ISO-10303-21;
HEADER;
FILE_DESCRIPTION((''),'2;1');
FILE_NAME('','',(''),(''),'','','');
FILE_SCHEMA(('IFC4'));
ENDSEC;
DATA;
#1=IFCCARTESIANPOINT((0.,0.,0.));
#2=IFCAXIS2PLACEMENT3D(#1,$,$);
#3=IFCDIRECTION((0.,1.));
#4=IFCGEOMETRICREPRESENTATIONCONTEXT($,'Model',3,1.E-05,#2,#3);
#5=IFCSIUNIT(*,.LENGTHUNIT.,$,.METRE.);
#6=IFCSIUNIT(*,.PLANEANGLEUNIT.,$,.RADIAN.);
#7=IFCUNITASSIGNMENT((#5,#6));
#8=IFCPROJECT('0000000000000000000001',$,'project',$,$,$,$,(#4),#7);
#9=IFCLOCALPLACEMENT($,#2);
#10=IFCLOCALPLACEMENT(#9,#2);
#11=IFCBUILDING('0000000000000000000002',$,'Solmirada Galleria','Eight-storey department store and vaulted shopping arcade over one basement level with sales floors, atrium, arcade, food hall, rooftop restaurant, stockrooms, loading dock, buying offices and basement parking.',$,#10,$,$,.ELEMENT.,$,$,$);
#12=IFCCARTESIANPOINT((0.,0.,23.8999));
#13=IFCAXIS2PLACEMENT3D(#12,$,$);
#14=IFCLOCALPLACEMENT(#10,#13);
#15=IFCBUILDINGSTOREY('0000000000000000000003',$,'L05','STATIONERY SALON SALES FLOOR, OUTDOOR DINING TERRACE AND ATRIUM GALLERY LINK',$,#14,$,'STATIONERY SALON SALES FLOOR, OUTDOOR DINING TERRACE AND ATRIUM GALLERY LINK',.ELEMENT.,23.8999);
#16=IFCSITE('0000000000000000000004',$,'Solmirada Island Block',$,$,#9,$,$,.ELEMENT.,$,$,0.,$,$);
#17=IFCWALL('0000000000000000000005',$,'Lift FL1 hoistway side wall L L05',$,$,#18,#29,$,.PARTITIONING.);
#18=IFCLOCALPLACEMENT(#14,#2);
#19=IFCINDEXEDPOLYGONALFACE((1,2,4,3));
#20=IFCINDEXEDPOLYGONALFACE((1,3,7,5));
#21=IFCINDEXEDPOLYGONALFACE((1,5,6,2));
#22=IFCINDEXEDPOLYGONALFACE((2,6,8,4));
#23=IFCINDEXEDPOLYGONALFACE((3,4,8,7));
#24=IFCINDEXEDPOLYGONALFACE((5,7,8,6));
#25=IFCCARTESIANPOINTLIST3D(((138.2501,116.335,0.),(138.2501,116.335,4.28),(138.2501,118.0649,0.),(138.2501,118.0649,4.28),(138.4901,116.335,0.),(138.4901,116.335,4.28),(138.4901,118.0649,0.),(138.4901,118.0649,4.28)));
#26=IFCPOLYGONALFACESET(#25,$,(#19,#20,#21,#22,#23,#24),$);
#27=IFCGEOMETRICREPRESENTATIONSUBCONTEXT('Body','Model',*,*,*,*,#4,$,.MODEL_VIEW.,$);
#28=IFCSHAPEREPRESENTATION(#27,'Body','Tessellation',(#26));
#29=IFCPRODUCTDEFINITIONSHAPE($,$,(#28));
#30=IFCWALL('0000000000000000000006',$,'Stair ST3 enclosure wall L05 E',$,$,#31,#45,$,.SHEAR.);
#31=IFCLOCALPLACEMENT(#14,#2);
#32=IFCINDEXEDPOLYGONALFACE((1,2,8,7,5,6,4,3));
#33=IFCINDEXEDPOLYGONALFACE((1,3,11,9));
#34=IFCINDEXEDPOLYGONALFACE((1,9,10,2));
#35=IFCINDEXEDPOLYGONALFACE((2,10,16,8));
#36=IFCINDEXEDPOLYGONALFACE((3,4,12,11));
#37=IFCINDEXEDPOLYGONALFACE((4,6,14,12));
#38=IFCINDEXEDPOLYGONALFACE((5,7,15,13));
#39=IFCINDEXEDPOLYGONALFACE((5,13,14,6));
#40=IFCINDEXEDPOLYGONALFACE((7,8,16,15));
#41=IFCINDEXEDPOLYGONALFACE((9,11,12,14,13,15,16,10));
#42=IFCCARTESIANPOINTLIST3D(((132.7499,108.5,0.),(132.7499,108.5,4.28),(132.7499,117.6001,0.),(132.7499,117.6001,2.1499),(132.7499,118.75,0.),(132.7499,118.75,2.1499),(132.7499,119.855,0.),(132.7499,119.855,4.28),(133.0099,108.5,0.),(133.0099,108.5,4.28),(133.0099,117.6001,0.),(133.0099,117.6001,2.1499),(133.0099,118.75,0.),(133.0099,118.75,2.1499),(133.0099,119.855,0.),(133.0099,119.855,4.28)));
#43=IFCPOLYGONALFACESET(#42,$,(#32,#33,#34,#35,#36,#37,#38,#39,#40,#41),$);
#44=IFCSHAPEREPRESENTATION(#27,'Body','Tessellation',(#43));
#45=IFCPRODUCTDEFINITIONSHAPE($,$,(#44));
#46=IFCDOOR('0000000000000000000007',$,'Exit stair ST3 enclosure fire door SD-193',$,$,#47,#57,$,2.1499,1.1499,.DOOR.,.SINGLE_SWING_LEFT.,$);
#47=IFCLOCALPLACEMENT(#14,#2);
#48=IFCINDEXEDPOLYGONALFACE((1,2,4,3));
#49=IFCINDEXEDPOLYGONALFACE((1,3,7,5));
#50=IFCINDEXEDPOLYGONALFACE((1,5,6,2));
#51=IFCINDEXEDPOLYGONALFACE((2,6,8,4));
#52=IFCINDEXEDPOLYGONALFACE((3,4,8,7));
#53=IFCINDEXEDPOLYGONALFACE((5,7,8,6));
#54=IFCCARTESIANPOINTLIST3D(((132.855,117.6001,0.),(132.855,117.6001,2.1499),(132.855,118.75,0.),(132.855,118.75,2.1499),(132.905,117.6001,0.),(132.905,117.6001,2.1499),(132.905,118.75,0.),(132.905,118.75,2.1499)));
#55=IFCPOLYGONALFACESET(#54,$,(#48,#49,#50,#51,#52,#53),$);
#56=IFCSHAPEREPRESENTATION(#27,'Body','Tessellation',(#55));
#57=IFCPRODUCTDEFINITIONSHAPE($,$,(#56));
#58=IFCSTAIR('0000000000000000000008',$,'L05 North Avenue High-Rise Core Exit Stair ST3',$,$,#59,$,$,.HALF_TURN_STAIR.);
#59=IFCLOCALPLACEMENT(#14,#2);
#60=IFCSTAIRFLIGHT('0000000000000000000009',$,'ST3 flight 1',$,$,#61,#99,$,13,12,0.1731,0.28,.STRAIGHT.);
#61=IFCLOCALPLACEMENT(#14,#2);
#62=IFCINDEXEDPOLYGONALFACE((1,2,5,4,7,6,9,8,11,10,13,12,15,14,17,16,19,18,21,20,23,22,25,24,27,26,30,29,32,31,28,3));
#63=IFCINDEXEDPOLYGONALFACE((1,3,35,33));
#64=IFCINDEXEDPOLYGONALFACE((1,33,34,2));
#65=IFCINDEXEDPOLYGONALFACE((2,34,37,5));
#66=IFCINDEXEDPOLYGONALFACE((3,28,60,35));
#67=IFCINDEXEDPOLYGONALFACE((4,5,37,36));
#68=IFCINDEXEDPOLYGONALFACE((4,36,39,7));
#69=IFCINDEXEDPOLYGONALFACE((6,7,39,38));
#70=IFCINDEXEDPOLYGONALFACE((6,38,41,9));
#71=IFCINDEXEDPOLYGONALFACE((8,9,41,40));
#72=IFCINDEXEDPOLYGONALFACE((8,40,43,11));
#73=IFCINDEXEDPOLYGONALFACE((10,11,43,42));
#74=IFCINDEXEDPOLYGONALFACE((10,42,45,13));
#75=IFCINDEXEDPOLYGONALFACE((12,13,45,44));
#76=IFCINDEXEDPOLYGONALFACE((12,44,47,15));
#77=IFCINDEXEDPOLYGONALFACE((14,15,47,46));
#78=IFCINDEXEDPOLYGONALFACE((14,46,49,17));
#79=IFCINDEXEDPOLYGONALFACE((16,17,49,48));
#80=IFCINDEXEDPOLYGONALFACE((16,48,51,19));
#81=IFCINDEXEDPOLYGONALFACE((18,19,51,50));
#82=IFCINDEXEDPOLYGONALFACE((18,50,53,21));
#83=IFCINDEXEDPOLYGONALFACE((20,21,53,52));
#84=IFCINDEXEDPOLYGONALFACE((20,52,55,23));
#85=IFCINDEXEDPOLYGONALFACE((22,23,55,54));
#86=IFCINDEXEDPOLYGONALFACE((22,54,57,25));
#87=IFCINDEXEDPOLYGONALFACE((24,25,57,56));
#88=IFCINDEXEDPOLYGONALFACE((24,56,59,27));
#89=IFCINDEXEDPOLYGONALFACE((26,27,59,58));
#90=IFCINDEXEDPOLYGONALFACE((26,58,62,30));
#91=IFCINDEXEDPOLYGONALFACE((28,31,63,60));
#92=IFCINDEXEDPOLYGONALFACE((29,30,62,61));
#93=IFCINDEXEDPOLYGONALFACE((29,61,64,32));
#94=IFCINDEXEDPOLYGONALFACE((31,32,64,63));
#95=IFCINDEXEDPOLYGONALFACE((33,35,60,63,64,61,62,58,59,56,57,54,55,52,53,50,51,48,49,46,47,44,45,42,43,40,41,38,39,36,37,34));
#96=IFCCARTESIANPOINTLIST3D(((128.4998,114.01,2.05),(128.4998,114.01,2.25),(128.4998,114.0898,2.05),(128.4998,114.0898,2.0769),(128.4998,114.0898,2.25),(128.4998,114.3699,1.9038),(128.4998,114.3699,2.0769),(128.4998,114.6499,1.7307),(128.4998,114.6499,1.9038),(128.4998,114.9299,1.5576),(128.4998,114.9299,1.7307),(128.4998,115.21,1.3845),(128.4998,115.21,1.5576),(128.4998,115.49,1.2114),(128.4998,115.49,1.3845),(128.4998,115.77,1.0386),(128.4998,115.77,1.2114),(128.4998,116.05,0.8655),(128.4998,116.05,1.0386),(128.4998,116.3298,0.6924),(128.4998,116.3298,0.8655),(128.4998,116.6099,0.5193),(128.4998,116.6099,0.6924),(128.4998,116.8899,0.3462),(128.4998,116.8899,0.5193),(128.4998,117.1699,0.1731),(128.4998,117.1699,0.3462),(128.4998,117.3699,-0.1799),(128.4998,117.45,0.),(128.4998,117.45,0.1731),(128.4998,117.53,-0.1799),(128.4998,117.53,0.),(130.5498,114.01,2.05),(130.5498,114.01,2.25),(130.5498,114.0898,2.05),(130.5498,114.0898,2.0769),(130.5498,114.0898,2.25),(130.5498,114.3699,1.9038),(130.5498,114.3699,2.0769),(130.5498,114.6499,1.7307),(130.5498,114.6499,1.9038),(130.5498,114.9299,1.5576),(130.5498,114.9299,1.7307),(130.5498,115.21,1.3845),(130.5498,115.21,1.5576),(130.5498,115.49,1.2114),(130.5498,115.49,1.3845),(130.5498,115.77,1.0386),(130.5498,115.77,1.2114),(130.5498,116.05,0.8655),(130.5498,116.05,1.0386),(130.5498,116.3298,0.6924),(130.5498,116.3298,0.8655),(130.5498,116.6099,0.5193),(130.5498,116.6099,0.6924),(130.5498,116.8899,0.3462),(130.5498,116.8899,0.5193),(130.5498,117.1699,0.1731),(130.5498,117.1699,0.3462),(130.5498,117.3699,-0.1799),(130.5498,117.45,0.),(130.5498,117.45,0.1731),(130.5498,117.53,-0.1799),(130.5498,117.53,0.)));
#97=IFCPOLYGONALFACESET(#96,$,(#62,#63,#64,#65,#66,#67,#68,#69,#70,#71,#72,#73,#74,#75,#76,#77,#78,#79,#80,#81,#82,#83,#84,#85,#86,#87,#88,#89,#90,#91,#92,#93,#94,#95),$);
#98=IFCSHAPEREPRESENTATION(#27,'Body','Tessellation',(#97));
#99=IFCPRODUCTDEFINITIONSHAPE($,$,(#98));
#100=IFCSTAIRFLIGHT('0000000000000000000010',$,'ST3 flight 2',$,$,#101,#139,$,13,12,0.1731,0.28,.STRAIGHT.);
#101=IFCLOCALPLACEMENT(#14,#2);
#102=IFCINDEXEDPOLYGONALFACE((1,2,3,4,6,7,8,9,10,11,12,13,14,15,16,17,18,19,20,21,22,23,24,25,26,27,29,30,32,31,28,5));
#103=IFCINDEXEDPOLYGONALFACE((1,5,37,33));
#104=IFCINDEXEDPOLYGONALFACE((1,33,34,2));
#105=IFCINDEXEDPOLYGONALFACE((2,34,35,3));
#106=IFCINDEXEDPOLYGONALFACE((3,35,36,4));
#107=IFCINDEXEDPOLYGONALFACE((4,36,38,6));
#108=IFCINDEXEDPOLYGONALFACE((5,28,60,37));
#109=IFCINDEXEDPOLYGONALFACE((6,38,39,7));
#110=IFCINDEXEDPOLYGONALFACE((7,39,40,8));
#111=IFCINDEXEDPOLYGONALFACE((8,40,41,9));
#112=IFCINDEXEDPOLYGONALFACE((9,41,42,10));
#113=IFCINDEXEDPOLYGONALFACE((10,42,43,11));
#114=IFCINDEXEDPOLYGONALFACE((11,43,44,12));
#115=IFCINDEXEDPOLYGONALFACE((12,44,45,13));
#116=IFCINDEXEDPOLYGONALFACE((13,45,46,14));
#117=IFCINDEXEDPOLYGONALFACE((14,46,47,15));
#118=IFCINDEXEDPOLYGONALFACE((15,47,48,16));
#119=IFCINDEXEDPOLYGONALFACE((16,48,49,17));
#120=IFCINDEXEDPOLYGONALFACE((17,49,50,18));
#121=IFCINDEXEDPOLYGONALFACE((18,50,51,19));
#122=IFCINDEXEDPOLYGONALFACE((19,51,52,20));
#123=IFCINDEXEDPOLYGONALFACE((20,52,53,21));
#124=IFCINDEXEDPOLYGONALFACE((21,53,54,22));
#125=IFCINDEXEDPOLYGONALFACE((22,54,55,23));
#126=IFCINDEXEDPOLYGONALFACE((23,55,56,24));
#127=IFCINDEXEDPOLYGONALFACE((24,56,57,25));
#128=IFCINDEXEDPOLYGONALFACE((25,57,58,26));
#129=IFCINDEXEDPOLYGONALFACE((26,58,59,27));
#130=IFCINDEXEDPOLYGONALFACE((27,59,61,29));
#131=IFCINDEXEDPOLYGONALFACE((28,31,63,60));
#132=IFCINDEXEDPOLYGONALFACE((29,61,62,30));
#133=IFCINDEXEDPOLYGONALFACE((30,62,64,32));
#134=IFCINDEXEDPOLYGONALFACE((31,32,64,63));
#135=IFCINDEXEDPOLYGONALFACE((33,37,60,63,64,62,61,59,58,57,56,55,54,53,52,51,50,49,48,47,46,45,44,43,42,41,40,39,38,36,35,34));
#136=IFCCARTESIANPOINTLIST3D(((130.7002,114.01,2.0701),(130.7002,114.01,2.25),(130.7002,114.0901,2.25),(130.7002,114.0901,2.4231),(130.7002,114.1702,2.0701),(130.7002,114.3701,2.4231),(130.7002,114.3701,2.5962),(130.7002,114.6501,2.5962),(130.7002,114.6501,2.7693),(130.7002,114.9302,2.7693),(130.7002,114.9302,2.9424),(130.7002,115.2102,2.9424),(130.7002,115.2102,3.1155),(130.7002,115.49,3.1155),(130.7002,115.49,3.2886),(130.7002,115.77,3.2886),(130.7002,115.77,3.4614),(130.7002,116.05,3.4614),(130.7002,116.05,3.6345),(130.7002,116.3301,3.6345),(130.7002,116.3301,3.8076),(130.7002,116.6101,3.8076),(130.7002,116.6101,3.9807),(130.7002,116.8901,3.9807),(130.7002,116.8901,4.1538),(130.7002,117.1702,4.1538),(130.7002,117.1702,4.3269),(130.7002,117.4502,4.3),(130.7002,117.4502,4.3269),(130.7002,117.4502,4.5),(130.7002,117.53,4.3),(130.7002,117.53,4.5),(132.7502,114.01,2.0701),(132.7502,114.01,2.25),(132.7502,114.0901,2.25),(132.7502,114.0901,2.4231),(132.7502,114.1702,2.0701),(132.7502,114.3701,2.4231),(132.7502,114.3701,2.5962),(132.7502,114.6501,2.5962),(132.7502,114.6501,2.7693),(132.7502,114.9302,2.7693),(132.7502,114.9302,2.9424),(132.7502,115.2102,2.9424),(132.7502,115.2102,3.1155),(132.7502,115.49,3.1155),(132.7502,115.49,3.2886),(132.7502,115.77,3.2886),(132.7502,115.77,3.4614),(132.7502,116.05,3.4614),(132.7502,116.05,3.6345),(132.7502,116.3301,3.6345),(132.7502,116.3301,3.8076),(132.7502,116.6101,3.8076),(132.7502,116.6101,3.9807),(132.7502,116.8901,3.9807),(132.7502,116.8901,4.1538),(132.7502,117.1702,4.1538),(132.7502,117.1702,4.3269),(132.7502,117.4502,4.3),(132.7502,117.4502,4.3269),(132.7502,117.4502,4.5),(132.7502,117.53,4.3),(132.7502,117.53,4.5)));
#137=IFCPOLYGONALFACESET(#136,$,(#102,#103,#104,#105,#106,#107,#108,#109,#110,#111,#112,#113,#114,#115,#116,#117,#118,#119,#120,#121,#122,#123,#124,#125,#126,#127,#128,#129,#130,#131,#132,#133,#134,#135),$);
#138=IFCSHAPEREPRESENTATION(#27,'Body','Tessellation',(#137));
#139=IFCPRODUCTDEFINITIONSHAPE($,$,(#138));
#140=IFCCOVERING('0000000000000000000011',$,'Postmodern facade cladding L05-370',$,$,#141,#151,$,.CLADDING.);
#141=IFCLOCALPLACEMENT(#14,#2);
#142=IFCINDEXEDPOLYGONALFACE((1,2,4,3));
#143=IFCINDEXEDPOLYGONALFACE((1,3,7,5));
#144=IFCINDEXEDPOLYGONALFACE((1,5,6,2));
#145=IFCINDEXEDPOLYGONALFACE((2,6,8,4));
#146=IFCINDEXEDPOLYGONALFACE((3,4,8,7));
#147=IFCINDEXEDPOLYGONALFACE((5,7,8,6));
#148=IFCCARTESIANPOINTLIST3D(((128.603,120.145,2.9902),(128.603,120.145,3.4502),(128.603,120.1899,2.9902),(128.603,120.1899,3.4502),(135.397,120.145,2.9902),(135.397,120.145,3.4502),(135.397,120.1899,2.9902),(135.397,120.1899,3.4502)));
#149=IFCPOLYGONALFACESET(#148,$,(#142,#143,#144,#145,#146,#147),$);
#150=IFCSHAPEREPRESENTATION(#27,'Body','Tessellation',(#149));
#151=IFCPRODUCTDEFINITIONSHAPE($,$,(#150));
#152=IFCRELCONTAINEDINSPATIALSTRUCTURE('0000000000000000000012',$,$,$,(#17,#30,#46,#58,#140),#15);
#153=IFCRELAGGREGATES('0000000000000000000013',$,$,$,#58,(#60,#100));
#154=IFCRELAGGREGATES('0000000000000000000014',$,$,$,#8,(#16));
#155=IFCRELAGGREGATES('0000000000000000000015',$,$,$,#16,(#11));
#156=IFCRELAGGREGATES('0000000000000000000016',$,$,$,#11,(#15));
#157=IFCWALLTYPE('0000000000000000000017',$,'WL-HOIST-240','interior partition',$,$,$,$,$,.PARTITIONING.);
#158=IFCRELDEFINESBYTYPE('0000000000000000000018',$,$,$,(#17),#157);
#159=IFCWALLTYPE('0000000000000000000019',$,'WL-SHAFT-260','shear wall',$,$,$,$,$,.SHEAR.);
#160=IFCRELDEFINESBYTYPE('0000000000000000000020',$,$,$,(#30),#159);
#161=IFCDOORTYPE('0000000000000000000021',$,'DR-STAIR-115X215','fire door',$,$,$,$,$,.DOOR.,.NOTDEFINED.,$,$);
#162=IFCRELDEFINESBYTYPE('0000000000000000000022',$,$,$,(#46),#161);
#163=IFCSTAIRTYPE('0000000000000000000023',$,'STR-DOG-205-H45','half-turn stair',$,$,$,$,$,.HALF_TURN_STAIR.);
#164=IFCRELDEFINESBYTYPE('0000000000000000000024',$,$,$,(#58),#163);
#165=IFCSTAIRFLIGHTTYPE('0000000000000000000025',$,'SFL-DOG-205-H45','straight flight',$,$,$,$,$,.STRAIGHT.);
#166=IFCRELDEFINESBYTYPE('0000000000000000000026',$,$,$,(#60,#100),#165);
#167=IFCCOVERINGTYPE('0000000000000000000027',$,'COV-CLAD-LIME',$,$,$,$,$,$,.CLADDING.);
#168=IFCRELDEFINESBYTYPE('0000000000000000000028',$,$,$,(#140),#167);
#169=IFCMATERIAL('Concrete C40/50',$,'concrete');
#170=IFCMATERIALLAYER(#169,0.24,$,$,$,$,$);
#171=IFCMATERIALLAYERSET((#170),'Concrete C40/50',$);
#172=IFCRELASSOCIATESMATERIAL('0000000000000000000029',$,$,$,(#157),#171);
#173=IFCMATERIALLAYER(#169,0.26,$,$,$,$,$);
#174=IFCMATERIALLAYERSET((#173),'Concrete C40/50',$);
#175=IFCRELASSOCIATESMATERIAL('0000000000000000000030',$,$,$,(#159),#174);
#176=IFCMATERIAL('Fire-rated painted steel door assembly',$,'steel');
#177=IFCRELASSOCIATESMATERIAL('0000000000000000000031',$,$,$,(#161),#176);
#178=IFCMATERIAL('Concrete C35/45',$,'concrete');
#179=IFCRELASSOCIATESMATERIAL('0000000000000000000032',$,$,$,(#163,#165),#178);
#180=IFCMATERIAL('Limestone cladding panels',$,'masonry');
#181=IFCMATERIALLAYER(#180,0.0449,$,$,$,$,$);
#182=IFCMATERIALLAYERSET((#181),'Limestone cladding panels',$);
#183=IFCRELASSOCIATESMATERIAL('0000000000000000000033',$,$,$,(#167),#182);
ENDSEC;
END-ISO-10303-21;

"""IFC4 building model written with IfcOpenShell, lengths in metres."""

from ifc_helpers import new_model, si_unit, direction, frame, frame_2d, origin, origin_2d, place, context, subcontext, project, spatial, polyline, rectangle, outline, extrude, material, layer, layer_set, type_object, element, fill, aggregate, save


model = new_model("IFC4")

# Units and contexts
model_context = context("Model", 3, precision=1e-05, world=origin(), true_north=direction((0.0, 1.0)))
body_context = subcontext(model_context, "Body", "Model", "MODEL_VIEW")
ifc_project = project(units=[si_unit("LENGTHUNIT", "METRE"), si_unit("PLANEANGLEUNIT", "RADIAN")], contexts=[model_context])

# Site, building, storey
site_placement = place(None, origin())
site = spatial("IfcSite", under=ifc_project, at=site_placement, Name="Solmirada Island Block", CompositionType="ELEMENT", RefElevation=0.0)
building_placement = place(site_placement, origin())
building = spatial("IfcBuilding", under=site, at=building_placement, Name="Solmirada Galleria", Description="Eight-storey department store and vaulted shopping arcade over one basement level with sales floors, atrium, arcade, food hall, rooftop restaurant, stockrooms, loading dock, buying offices and basement parking.", CompositionType="ELEMENT")
storey_placement = place(building_placement, frame((0.0, 0.0, 23.8999)))
storey = spatial("IfcBuildingStorey", under=building, at=storey_placement, Name="L05", Description="STATIONERY SALON SALES FLOOR, OUTDOOR DINING TERRACE AND ATRIUM GALLERY LINK", LongName="STATIONERY SALON SALES FLOOR, OUTDOOR DINING TERRACE AND ATRIUM GALLERY LINK", CompositionType="ELEMENT", Elevation=23.8999)

# Shared definitions
ifc_material_1 = material(Name="Concrete C40/50", Category="concrete")

# Shared definitions
ifc_layer_1 = layer(ifc_material_1, 0.24)
ifc_layer_set_1 = layer_set([ifc_layer_1], Name="Concrete C40/50")
wall_type_1 = type_object("IfcWallType", Name="WL-HOIST-240", Description="interior partition", PredefinedType="PARTITIONING", material=ifc_layer_set_1)

# Wall
wall_1_placement = place(storey_placement, frame((138.3701, 116.335, 0.0), z_axis=(0.0, 0.0, 1.0), x_axis=(0.0, 1.0, 0.0)))
element("IfcWall", 1, at=wall_1_placement, inside=storey, type_object=wall_type_1, Name="Lift FL1 hoistway side wall L L05", PredefinedType="PARTITIONING", context=body_context, shape_type="SweptSolid", body=[
    extrude(rectangle(XDim=1.73, YDim=0.24, at=frame_2d((0.865, 0.0))), origin(), (0.0, 0.0, 1.0), 4.28),
])

# Wall, opening, door
ifc_material_2 = material(Name="Fire-rated painted steel door assembly", Category="steel")
ifc_layer_2 = layer(ifc_material_1, 0.26)
ifc_layer_set_2 = layer_set([ifc_layer_2], Name="Concrete C40/50")
wall_type_2 = type_object("IfcWallType", Name="WL-SHAFT-260", Description="shear wall", PredefinedType="SHEAR", material=ifc_layer_set_2)
wall_2_placement = place(storey_placement, frame((132.8799, 108.5, 0.0), z_axis=(0.0, 0.0, 1.0), x_axis=(0.0, 1.0, 0.0)))
wall_2 = element("IfcWall", 2, at=wall_2_placement, inside=storey, type_object=wall_type_2, Name="Stair ST3 enclosure wall L05 E", PredefinedType="SHEAR", context=body_context, shape_type="SweptSolid", body=[
    extrude(rectangle(XDim=11.355, YDim=0.26, at=frame_2d((5.6775, 0.0))), origin(), (0.0, 0.0, 1.0), 4.28),
])
opening_1_placement = place(wall_2_placement, frame((9.1001, 0.0, 0.0)))
opening_1 = element("IfcOpeningElement", 3, at=opening_1_placement, cuts=wall_2, PredefinedType="OPENING", context=body_context, shape_type="SweptSolid", body=[
    extrude(rectangle(XDim=1.1499, YDim=2.1499, at=frame_2d((0.575, 1.075))), frame((0.0, 0.1399, 0.0), z_axis=(0.0, -1.0, 0.0), x_axis=(1.0, 0.0, 0.0)), (0.0, 0.0, 1.0), 0.28),
])
door_type_1 = type_object("IfcDoorType", Name="DR-STAIR-115X215", Description="fire door", OperationType="NOTDEFINED", PredefinedType="DOOR", material=ifc_material_2)
door_1_placement = place(opening_1_placement, origin())
door_1 = element("IfcDoor", 4, at=door_1_placement, inside=storey, type_object=door_type_1, Name="Exit stair ST3 enclosure fire door SD-193", OperationType="SINGLE_SWING_LEFT", OverallHeight=2.1499, OverallWidth=1.1499, PredefinedType="DOOR", context=body_context, shape_type="SweptSolid", body=[
    extrude(rectangle(XDim=1.1499, YDim=2.1499, at=frame_2d((0.575, 1.075))), frame((0.0, 0.0249, 0.0), z_axis=(0.0, -1.0, 0.0), x_axis=(1.0, 0.0, 0.0)), (0.0, 0.0, 1.0), 0.05),
])
fill(opening_1, door_1)

# Stair, stair flights
ifc_material_3 = material(Name="Concrete C35/45", Category="concrete")
stair_type = type_object("IfcStairType", Name="STR-DOG-205-H45", Description="half-turn stair", PredefinedType="HALF_TURN_STAIR", material=ifc_material_3)
stair_placement = place(storey_placement, origin())
stair = element("IfcStair", 5, at=stair_placement, inside=storey, type_object=stair_type, Name="L05 North Avenue High-Rise Core Exit Stair ST3", PredefinedType="HALF_TURN_STAIR")
stair_flight_type = type_object("IfcStairFlightType", Name="SFL-DOG-205-H45", Description="straight flight", PredefinedType="STRAIGHT", material=ifc_material_3)
stair_flight_1_placement = place(storey_placement, frame((129.5249, 117.45, 0.0), z_axis=(0.0, 0.0, 1.0), x_axis=(0.0, -1.0, 0.0)))
stair_flight_1 = element("IfcStairFlight", 6, at=stair_flight_1_placement, type_object=stair_flight_type, Name="ST3 flight 1", NumberOfRisers=13, NumberOfTreads=12, PredefinedType="STRAIGHT", RiserHeight=0.1731, TreadLength=0.28, context=body_context, shape_type="SweptSolid", body=[
    extrude(outline(polyline([(-0.0801, 0.0), (0.0, 0.0), (0.0, 0.1731), (0.28, 0.1731), (0.28, 0.3462), (0.5601, 0.3462), (0.5601, 0.5193), (0.8401, 0.5193), (0.8401, 0.6924), (1.1201, 0.6924), (1.1201, 0.8655), (1.3999, 0.8655), (1.3999, 1.0386), (1.6799, 1.0386), (1.6799, 1.2114), (1.96, 1.2114), (1.96, 1.3845), (2.24, 1.3845), (2.24, 1.5576), (2.52, 1.5576), (2.52, 1.7307), (2.8, 1.7307), (2.8, 1.9038), (3.0801, 1.9038), (3.0801, 2.0769), (3.3601, 2.0769), (3.3601, 2.25), (3.4399, 2.25), (3.4399, 2.05), (3.3601, 2.05), (0.0801, -0.1799), (-0.0801, -0.1799), (-0.0801, 0.0)])), frame((0.0, 1.0249, 0.0), z_axis=(0.0, -1.0, 0.0), x_axis=(1.0, 0.0, 0.0)), (0.0, 0.0, 1.0), 2.05),
])
stair_flight_2_placement = place(storey_placement, frame((131.7251, 114.0901, 2.25), z_axis=(0.0, 0.0, 1.0), x_axis=(0.0, 1.0, 0.0)))
stair_flight_2 = element("IfcStairFlight", 7, at=stair_flight_2_placement, type_object=stair_flight_type, Name="ST3 flight 2", NumberOfRisers=13, NumberOfTreads=12, PredefinedType="STRAIGHT", RiserHeight=0.1731, TreadLength=0.28, context=body_context, shape_type="SweptSolid", body=[
    extrude(outline(polyline([(-0.0801, 0.0), (0.0, 0.0), (0.0, 0.1731), (0.28, 0.1731), (0.28, 0.3462), (0.5601, 0.3462), (0.5601, 0.5193), (0.8401, 0.5193), (0.8401, 0.6924), (1.1201, 0.6924), (1.1201, 0.8655), (1.3999, 0.8655), (1.3999, 1.0386), (1.6799, 1.0386), (1.6799, 1.2114), (1.96, 1.2114), (1.96, 1.3845), (2.24, 1.3845), (2.24, 1.5576), (2.52, 1.5576), (2.52, 1.7307), (2.8, 1.7307), (2.8, 1.9038), (3.0801, 1.9038), (3.0801, 2.0769), (3.3601, 2.0769), (3.3601, 2.25), (3.4399, 2.25), (3.4399, 2.05), (3.3601, 2.05), (0.0801, -0.1799), (-0.0801, -0.1799), (-0.0801, 0.0)])), frame((0.0, 1.0249, 0.0), z_axis=(0.0, -1.0, 0.0), x_axis=(1.0, 0.0, 0.0)), (0.0, 0.0, 1.0), 2.05),
])
aggregate(stair, [stair_flight_1, stair_flight_2])

# Covering
ifc_material_4 = material(Name="Limestone cladding panels", Category="masonry")
ifc_layer_3 = layer(ifc_material_4, 0.0449)
ifc_layer_set_3 = layer_set([ifc_layer_3], Name="Limestone cladding panels")
covering_type = type_object("IfcCoveringType", Name="COV-CLAD-LIME", PredefinedType="CLADDING", material=ifc_layer_set_3)
covering_placement = place(storey_placement, frame((132.0, 120.1675, 2.9902), z_axis=(0.0, 0.0, 1.0), x_axis=(1.0, 0.0, 0.0)))
element("IfcCovering", 8, at=covering_placement, inside=storey, type_object=covering_type, Name="Postmodern facade cladding L05-370", PredefinedType="CLADDING", context=body_context, shape_type="SweptSolid", body=[
    extrude(rectangle(XDim=6.7939, YDim=0.0449, at=origin_2d()), origin(), (0.0, 0.0, 1.0), 0.46),
])

save(model, "model.ifc")
